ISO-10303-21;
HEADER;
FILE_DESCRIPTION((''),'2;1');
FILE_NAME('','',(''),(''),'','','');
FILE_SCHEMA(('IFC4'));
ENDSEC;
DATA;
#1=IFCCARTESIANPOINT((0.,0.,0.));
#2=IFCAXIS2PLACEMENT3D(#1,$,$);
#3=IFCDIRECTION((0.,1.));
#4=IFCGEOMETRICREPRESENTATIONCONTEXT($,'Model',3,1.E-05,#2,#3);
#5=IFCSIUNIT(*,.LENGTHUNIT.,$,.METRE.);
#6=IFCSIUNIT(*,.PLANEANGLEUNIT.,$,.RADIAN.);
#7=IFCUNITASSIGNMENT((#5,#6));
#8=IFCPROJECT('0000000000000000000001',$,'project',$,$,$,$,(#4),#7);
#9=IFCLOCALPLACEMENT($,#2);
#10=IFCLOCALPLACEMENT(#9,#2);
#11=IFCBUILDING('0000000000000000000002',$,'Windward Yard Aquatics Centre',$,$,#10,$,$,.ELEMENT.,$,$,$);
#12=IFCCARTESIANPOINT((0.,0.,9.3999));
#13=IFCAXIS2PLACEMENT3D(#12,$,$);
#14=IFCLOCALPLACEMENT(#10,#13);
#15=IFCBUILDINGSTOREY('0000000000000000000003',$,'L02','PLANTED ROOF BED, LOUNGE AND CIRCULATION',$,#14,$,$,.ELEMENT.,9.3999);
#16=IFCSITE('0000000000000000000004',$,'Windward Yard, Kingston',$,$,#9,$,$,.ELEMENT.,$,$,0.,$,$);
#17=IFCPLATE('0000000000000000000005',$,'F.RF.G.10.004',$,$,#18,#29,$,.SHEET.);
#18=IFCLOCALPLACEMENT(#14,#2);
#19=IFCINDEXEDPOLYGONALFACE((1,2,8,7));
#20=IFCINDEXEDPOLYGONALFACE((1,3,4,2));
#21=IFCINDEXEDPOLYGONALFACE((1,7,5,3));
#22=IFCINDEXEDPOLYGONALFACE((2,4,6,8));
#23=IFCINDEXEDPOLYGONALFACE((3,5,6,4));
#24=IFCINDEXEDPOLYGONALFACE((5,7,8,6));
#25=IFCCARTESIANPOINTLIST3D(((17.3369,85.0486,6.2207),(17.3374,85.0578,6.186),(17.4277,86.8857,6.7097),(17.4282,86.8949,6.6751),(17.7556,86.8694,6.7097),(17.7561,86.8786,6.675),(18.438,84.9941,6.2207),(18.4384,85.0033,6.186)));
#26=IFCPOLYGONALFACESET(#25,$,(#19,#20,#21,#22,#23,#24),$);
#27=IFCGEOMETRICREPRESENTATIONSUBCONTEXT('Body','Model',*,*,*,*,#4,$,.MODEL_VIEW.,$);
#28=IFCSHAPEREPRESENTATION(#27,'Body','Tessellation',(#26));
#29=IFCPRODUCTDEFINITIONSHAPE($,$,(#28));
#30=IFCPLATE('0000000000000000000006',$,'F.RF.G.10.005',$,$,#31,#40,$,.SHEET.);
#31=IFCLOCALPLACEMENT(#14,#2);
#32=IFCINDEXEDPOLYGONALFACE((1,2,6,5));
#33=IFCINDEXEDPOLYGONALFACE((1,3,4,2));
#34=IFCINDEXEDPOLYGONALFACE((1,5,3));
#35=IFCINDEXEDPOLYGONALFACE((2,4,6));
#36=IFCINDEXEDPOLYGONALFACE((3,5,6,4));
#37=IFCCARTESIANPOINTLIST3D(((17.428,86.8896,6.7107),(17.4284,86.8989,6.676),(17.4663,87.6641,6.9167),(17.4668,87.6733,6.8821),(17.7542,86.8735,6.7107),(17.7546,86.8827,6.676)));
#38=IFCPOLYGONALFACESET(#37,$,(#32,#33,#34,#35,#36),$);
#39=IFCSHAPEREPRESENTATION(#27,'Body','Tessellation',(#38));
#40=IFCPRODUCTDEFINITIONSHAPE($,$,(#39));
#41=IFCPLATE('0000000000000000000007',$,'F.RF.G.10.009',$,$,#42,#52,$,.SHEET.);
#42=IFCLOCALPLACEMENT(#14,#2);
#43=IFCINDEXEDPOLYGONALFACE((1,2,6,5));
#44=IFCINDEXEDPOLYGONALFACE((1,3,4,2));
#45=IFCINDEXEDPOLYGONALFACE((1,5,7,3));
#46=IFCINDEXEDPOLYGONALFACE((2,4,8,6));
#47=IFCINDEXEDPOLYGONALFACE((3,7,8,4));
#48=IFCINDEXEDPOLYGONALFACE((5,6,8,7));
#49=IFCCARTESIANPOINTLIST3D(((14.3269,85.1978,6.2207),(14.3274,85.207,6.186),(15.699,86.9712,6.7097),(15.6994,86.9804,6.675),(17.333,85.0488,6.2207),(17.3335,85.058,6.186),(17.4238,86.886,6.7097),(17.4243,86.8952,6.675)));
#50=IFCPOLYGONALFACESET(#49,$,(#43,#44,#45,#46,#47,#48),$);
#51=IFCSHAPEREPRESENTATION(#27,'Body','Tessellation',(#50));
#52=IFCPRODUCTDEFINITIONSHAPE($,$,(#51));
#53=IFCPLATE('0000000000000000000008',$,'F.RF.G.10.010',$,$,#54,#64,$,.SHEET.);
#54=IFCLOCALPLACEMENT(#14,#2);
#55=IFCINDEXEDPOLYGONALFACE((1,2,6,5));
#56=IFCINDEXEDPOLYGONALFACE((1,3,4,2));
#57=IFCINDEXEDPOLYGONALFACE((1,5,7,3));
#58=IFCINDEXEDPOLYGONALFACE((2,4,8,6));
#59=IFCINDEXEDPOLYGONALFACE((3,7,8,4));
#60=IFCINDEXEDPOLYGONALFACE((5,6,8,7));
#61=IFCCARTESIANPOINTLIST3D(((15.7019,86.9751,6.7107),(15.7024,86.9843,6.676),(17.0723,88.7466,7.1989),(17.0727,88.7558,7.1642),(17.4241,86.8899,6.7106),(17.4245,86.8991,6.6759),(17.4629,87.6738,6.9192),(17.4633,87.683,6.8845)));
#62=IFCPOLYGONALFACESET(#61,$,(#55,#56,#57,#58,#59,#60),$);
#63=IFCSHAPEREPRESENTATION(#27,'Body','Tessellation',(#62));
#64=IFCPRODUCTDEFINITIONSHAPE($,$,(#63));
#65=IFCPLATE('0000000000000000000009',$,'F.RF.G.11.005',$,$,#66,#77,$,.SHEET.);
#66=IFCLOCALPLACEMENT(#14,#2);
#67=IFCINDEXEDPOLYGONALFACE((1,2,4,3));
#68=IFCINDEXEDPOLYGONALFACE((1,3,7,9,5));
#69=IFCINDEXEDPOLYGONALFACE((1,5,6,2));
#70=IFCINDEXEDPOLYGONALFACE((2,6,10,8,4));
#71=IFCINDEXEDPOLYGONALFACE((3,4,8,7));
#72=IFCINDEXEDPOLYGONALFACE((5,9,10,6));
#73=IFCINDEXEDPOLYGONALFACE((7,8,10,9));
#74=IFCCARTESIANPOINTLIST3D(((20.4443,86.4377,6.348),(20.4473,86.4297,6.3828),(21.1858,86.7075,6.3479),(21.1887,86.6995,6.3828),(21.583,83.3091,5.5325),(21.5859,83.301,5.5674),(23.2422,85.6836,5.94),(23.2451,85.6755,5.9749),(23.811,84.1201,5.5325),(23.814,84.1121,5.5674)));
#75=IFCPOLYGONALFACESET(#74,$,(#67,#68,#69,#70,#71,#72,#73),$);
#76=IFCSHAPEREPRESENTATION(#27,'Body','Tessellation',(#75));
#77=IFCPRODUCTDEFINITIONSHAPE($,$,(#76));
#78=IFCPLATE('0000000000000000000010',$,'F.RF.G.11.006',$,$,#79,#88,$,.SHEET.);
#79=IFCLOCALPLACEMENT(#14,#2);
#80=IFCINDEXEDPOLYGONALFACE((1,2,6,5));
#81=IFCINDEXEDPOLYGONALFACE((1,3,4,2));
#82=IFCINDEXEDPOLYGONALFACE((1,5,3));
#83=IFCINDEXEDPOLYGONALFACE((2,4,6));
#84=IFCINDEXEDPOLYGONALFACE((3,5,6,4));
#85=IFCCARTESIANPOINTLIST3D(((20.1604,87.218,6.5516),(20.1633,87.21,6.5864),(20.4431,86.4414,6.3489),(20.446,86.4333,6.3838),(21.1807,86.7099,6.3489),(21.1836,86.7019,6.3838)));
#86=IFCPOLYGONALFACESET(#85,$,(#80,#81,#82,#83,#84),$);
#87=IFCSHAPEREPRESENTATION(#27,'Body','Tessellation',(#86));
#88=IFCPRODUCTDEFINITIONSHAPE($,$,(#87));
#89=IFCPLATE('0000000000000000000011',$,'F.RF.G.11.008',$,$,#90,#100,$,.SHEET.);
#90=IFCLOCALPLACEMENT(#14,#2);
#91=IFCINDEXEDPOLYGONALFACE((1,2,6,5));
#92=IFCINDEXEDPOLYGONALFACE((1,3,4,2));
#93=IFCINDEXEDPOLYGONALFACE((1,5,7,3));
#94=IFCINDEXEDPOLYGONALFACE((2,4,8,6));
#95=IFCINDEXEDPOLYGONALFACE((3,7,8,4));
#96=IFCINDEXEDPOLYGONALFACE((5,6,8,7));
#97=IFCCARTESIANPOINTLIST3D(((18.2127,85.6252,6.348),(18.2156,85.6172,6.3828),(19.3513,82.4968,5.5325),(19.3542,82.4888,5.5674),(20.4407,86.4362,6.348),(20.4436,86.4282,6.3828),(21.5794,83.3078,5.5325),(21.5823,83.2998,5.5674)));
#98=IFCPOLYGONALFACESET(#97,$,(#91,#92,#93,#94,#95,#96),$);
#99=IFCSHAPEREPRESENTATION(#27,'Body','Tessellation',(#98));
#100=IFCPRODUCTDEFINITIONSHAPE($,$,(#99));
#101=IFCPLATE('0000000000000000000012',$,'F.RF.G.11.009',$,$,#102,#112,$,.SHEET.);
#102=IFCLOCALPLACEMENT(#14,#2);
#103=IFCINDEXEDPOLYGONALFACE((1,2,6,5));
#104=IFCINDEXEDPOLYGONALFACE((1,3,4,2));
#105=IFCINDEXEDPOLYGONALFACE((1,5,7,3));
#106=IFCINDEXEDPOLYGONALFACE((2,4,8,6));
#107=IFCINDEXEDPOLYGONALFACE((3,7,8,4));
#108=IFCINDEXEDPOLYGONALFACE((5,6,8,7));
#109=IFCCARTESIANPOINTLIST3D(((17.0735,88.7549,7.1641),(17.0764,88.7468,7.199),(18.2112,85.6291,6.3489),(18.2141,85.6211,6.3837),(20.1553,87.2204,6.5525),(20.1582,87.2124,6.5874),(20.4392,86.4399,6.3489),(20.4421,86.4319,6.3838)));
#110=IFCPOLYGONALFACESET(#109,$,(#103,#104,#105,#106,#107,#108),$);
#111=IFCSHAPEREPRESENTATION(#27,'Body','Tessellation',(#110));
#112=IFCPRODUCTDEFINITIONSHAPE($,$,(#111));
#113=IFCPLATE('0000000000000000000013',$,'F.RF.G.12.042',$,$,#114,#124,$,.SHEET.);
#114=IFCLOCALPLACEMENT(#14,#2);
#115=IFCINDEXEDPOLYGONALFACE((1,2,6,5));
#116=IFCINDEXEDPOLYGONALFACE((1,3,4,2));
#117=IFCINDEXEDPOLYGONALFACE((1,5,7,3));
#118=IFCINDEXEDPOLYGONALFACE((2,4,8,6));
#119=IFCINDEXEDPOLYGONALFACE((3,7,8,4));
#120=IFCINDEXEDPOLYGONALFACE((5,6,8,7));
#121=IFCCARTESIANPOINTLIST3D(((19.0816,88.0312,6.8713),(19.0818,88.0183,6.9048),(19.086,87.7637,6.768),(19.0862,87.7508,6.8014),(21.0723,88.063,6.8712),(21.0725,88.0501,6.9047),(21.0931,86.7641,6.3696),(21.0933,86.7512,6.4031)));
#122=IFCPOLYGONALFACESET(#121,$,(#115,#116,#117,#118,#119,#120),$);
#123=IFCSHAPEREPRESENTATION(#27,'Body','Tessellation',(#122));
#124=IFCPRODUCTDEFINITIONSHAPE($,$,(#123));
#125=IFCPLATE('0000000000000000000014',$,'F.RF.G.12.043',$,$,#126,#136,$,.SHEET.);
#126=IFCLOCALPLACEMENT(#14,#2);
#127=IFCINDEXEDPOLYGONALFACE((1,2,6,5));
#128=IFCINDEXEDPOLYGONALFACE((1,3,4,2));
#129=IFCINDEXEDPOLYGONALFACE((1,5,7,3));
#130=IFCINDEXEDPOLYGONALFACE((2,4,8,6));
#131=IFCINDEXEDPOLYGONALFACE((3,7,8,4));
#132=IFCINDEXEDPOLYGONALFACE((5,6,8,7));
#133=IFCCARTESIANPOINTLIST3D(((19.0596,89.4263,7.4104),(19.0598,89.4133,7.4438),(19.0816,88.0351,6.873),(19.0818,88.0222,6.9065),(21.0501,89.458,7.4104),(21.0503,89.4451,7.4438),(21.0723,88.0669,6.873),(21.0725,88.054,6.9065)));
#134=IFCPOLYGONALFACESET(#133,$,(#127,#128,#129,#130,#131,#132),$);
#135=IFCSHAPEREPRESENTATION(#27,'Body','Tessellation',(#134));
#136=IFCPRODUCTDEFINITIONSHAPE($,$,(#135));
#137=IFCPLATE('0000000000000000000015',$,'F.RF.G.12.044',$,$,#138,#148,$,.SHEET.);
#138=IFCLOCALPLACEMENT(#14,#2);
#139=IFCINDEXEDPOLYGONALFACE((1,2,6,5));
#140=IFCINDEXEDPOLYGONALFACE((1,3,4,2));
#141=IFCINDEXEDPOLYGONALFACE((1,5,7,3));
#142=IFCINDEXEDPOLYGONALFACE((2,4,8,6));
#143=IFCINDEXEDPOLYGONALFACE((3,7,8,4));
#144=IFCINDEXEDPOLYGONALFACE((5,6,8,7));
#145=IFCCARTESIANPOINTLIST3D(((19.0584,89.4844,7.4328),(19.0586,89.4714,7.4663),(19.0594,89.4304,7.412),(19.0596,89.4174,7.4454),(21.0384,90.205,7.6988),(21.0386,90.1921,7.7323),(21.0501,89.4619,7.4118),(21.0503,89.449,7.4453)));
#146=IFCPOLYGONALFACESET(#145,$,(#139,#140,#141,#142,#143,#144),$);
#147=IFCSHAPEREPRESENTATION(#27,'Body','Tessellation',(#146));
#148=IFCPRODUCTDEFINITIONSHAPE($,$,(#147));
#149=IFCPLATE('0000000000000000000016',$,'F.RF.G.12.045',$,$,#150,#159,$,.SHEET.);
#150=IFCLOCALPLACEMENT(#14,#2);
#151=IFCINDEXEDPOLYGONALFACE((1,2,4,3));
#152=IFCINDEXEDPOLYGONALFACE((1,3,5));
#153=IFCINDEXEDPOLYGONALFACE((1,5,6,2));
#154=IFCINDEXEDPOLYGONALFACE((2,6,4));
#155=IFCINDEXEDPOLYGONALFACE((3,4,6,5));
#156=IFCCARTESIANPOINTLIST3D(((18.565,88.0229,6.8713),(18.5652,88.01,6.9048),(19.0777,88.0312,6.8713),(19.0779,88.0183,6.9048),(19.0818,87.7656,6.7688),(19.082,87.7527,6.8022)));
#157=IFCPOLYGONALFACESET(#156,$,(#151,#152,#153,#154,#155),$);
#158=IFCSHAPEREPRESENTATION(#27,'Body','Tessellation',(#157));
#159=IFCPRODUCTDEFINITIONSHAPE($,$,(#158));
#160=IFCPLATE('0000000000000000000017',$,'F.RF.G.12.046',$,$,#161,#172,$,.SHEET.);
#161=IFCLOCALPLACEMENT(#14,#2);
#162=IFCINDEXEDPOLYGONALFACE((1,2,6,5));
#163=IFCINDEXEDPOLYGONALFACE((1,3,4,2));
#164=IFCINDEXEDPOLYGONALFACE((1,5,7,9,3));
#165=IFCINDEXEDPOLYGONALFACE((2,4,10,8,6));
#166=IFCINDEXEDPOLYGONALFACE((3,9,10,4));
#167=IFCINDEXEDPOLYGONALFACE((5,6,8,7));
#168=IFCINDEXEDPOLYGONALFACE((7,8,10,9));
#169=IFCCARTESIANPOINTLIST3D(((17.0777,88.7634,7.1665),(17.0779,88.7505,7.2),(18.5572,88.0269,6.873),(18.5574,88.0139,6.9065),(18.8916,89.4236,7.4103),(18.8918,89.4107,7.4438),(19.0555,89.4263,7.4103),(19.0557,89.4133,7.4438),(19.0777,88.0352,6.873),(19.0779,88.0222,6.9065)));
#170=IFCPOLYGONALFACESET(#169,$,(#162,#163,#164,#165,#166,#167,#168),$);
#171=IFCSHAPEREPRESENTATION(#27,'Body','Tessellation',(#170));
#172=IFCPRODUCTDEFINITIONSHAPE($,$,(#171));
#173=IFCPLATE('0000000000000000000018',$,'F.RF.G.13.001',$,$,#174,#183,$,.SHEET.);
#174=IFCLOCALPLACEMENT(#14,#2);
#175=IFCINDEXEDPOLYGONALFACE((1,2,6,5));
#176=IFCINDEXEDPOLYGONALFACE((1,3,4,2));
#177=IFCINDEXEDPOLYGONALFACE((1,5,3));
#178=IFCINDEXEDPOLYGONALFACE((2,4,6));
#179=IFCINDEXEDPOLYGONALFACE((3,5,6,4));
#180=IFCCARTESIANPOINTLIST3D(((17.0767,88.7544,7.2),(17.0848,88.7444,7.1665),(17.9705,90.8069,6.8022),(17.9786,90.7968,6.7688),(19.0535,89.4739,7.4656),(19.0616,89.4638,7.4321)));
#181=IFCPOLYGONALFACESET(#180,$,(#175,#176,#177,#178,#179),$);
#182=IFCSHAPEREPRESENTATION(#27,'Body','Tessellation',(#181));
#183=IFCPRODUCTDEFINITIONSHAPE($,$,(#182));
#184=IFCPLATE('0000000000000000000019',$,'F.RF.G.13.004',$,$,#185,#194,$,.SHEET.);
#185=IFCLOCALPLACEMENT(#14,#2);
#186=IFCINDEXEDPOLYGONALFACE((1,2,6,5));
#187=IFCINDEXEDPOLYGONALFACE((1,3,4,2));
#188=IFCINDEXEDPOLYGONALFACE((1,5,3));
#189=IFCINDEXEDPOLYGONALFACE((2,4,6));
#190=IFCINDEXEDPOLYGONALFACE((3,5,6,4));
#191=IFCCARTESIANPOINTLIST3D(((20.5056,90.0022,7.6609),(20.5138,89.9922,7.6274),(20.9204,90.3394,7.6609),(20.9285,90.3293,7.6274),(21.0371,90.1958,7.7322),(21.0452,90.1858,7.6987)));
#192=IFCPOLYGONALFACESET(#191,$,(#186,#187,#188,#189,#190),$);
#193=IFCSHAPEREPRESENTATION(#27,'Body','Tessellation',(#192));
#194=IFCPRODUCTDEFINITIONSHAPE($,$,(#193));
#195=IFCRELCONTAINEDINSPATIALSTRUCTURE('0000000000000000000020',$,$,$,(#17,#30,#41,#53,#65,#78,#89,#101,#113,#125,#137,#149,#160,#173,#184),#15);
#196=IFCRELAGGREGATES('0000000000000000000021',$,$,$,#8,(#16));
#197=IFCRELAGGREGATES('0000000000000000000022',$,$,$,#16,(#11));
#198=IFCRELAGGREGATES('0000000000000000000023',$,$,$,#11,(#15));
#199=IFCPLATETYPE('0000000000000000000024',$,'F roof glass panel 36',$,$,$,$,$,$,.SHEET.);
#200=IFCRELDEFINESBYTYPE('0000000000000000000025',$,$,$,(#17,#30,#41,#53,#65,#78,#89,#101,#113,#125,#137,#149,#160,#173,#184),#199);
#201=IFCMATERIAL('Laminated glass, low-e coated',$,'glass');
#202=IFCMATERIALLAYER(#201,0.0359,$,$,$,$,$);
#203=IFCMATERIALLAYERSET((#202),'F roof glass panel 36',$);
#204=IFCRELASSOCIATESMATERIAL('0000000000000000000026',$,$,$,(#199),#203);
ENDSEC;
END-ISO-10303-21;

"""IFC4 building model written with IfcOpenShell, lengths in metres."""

from ifc_helpers import new_model, si_unit, direction, frame, origin, place, context, subcontext, project, spatial, polyline, outline, extrude, material, layer, layer_set, type_object, element, save


model = new_model("IFC4")

# Units and contexts
model_context = context("Model", 3, precision=1e-05, world=origin(), true_north=direction((0.0, 1.0)))
body_context = subcontext(model_context, "Body", "Model", "MODEL_VIEW")
ifc_project = project(units=[si_unit("LENGTHUNIT", "METRE"), si_unit("PLANEANGLEUNIT", "RADIAN")], contexts=[model_context])

# Site, building, storey
site_placement = place(None, origin())
site = spatial("IfcSite", under=ifc_project, at=site_placement, Name="Windward Yard, Kingston", CompositionType="ELEMENT", RefElevation=0.0)
building_placement = place(site_placement, origin())
building = spatial("IfcBuilding", under=site, at=building_placement, Name="Windward Yard Aquatics Centre", CompositionType="ELEMENT")
storey_placement = place(building_placement, frame((0.0, 0.0, 9.3999)))
storey = spatial("IfcBuildingStorey", under=building, at=storey_placement, Name="L02", Description="PLANTED ROOF BED, LOUNGE AND CIRCULATION", CompositionType="ELEMENT", Elevation=9.3999)

# Plates
ifc_material_1 = material(Name="Laminated glass, low-e coated", Category="glass")
ifc_layer_1 = layer(ifc_material_1, 0.0359)
ifc_layer_set_1 = layer_set([ifc_layer_1], Name="F roof glass panel 36")
plate_type = type_object("IfcPlateType", Name="F roof glass panel 36", PredefinedType="SHEET", material=ifc_layer_set_1)
plate_1_placement = place(storey_placement, frame((17.3369, 85.0486, 6.2207), z_axis=(-0.012715, -0.25663, 0.966426), x_axis=(0.047717, 0.965247, 0.256945)))
element("IfcPlate", 1, at=plate_1_placement, inside=storey, type_object=plate_type, Name="F.RF.G.10.004", PredefinedType="SHEET", context=body_context, shape_type="SweptSolid", body=[
    extrude(outline(polyline([(0.0, 0.0), (1.9033, 0.0), (1.9032, -0.3283), (0.0, -1.1024), (0.0, 0.0)])), origin(), (0.0, 0.0, -1.0), 0.0359),
])
plate_2_placement = place(storey_placement, frame((17.428, 86.8896, 6.7107), z_axis=(-0.012673, -0.256525, 0.966454), x_axis=(0.047777, 0.965273, 0.256838)))
element("IfcPlate", 2, at=plate_2_placement, inside=storey, type_object=plate_type, Name="F.RF.G.10.005", PredefinedType="SHEET", context=body_context, shape_type="SweptSolid", body=[
    extrude(outline(polyline([(0.0, 0.0), (0.8023, 0.0), (0.0, -0.3266), (0.0, 0.0)])), origin(), (0.0, 0.0, -1.0), 0.0359),
])
plate_3_placement = place(storey_placement, frame((14.3269, 85.1978, 6.2207), z_axis=(-0.012701, -0.256636, 0.966425), x_axis=(0.597865, 0.772761, 0.213066)))
element("IfcPlate", 3, at=plate_3_placement, inside=storey, type_object=plate_type, Name="F.RF.G.10.009", PredefinedType="SHEET", context=body_context, shape_type="SweptSolid", body=[
    extrude(outline(polyline([(0.0, 0.0), (2.2949, 0.0), (3.2603, -1.4319), (1.6822, -2.4958), (0.0, 0.0)])), origin(), (0.0, 0.0, -1.0), 0.0359),
])
plate_4_placement = place(storey_placement, frame((15.7019, 86.9751, 6.7107), z_axis=(-0.012628, -0.256554, 0.966447), x_axis=(0.597821, 0.772823, 0.212966)))
element("IfcPlate", 4, at=plate_4_placement, inside=storey, type_object=plate_type, Name="F.RF.G.10.010", PredefinedType="SHEET", context=body_context, shape_type="SweptSolid", body=[
    extrude(outline(polyline([(0.0, 0.0), (2.2923, 0.0), (1.6372, -0.976), (0.9637, -1.4298), (0.0, 0.0)])), origin(), (0.0, 0.0, -1.0), 0.0359),
])
plate_5_placement = place(storey_placement, frame((20.4473, 86.4297, 6.3828), z_axis=(0.08137, -0.22354, 0.971292), x_axis=(0.939727, 0.341924, -0.000033)))
element("IfcPlate", 5, at=plate_5_placement, inside=storey, type_object=plate_type, Name="F.RF.G.11.005", PredefinedType="SHEET", context=body_context, shape_type="SweptSolid", body=[
    extrude(outline(polyline([(0.0, 0.0), (0.789, 0.0), (2.3714, -1.7146), (2.3714, -3.4275), (0.0003, -3.4278), (0.0, 0.0)])), origin(), (0.0, 0.0, -1.0), 0.0359),
])
plate_6_placement = place(storey_placement, frame((20.1633, 87.21, 6.5864), z_axis=(0.081474, -0.223759, 0.971233), x_axis=(0.881334, -0.438874, -0.175044)))
element("IfcPlate", 6, at=plate_6_placement, inside=storey, type_object=plate_type, Name="F.RF.G.11.006", PredefinedType="SHEET", context=body_context, shape_type="SweptSolid", body=[
    extrude(outline(polyline([(0.0, 0.0), (1.1576, 0.0), (0.6255, -0.577), (0.0, 0.0)])), origin(), (0.0, 0.0, -1.0), 0.0359),
])
plate_7_placement = place(storey_placement, frame((18.2156, 85.6172, 6.3828), z_axis=(0.081376, -0.22355, 0.97129), x_axis=(0.939679, 0.342057, 0.0)))
element("IfcPlate", 7, at=plate_7_placement, inside=storey, type_object=plate_type, Name="F.RF.G.11.008", PredefinedType="SHEET", context=body_context, shape_type="SweptSolid", body=[
    extrude(outline(polyline([(0.0, 0.0), (2.3711, 0.0), (2.3709, -3.4276), (-0.0001, -3.4276), (0.0, 0.0)])), origin(), (0.0, 0.0, -1.0), 0.0359),
])
plate_8_placement = place(storey_placement, frame((17.0764, 88.7468, 7.199), z_axis=(0.081381, -0.223698, 0.971255), x_axis=(0.881377, -0.438835, -0.174922)))
element("IfcPlate", 8, at=plate_8_placement, inside=storey, type_object=plate_type, Name="F.RF.G.11.009", PredefinedType="SHEET", context=body_context, shape_type="SweptSolid", body=[
    extrude(outline(polyline([(0.0, 0.0), (3.4966, 0.0), (4.1249, -0.58), (2.517, -2.3224), (0.0, 0.0)])), origin(), (0.0, 0.0, -1.0), 0.0359),
])
plate_9_placement = place(storey_placement, frame((19.0818, 88.0183, 6.9048), z_axis=(0.005777, -0.360198, 0.932858), x_axis=(0.999873, 0.015954, -0.000032)))
element("IfcPlate", 9, at=plate_9_placement, inside=storey, type_object=plate_type, Name="F.RF.G.12.042", PredefinedType="SHEET", context=body_context, shape_type="SweptSolid", body=[
    extrude(outline(polyline([(0.0, 0.0), (1.991, 0.0), (1.991, -1.3925), (0.0001, -0.2868), (0.0, 0.0)])), origin(), (0.0, 0.0, -1.0), 0.0359),
])
plate_10_placement = place(storey_placement, frame((19.0598, 89.4133, 7.4438), z_axis=(0.005744, -0.360243, 0.932841), x_axis=(0.999873, 0.015943, 0.0)))
element("IfcPlate", 10, at=plate_10_placement, inside=storey, type_object=plate_type, Name="F.RF.G.12.043", PredefinedType="SHEET", context=body_context, shape_type="SweptSolid", body=[
    extrude(outline(polyline([(0.0, 0.0), (1.9907, 0.0), (1.9908, -1.4915), (-0.0002, -1.4915), (0.0, 0.0)])), origin(), (0.0, 0.0, -1.0), 0.0359),
])
plate_11_placement = place(storey_placement, frame((19.0586, 89.4714, 7.4663), z_axis=(0.005772, -0.360195, 0.932859), x_axis=(0.932293, 0.339325, 0.125251)))
element("IfcPlate", 11, at=plate_11_placement, inside=storey, type_object=plate_type, Name="F.RF.G.12.044", PredefinedType="SHEET", context=body_context, shape_type="SweptSolid", body=[
    extrude(outline(polyline([(0.0, 0.0), (2.1238, 0.0), (1.8466, -0.7469), (-0.02, -0.0543), (0.0, 0.0)])), origin(), (0.0, 0.0, -1.0), 0.0359),
])
plate_12_placement = place(storey_placement, frame((18.5652, 88.01, 6.9048), z_axis=(0.005829, -0.360043, 0.932918), x_axis=(0.999869, 0.016188, 0.0)))
element("IfcPlate", 12, at=plate_12_placement, inside=storey, type_object=plate_type, Name="F.RF.G.12.045", PredefinedType="SHEET", context=body_context, shape_type="SweptSolid", body=[
    extrude(outline(polyline([(0.0, 0.0), (0.5128, 0.0), (0.5126, -0.2848), (0.0, 0.0)])), origin(), (0.0, 0.0, -1.0), 0.0359),
])
plate_13_placement = place(storey_placement, frame((17.0779, 88.7505, 7.2), z_axis=(0.00571, -0.360248, 0.932839), x_axis=(0.932293, 0.339299, 0.125326)))
element("IfcPlate", 13, at=plate_13_placement, inside=storey, type_object=plate_type, Name="F.RF.G.12.046", PredefinedType="SHEET", context=body_context, shape_type="SweptSolid", body=[
    extrude(outline(polyline([(0.0, 0.0), (1.9457, 0.0), (2.0993, -0.0569), (1.5807, -1.4553), (1.0926, -1.2743), (0.0, 0.0)])), origin(), (0.0, 0.0, -1.0), 0.0359),
])
plate_14_placement = place(storey_placement, frame((17.0767, 88.7544, 7.2), z_axis=(-0.227134, 0.279665, 0.932844), x_axis=(0.393101, 0.902705, -0.174915)))
element("IfcPlate", 14, at=plate_14_placement, inside=storey, type_object=plate_type, Name="F.RF.G.13.001", PredefinedType="SHEET", context=body_context, shape_type="SweptSolid", body=[
    extrude(outline(polyline([(0.0, 0.0), (2.2737, 0.0), (1.3801, -1.6097), (0.0, 0.0)])), origin(), (0.0, 0.0, -1.0), 0.0359),
])
plate_15_placement = place(storey_placement, frame((20.5056, 90.0022, 7.6609), z_axis=(-0.226795, 0.279019, 0.93312), x_axis=(0.775988, 0.630747, 0.0)))
element("IfcPlate", 15, at=plate_15_placement, inside=storey, type_object=plate_type, Name="F.RF.G.13.004", PredefinedType="SHEET", context=body_context, shape_type="SweptSolid", body=[
    extrude(outline(polyline([(0.0, 0.0), (0.5345, 0.0), (0.5345, -0.1983), (0.0, 0.0)])), origin(), (0.0, 0.0, -1.0), 0.0359),
])

save(model, "model.ifc")
